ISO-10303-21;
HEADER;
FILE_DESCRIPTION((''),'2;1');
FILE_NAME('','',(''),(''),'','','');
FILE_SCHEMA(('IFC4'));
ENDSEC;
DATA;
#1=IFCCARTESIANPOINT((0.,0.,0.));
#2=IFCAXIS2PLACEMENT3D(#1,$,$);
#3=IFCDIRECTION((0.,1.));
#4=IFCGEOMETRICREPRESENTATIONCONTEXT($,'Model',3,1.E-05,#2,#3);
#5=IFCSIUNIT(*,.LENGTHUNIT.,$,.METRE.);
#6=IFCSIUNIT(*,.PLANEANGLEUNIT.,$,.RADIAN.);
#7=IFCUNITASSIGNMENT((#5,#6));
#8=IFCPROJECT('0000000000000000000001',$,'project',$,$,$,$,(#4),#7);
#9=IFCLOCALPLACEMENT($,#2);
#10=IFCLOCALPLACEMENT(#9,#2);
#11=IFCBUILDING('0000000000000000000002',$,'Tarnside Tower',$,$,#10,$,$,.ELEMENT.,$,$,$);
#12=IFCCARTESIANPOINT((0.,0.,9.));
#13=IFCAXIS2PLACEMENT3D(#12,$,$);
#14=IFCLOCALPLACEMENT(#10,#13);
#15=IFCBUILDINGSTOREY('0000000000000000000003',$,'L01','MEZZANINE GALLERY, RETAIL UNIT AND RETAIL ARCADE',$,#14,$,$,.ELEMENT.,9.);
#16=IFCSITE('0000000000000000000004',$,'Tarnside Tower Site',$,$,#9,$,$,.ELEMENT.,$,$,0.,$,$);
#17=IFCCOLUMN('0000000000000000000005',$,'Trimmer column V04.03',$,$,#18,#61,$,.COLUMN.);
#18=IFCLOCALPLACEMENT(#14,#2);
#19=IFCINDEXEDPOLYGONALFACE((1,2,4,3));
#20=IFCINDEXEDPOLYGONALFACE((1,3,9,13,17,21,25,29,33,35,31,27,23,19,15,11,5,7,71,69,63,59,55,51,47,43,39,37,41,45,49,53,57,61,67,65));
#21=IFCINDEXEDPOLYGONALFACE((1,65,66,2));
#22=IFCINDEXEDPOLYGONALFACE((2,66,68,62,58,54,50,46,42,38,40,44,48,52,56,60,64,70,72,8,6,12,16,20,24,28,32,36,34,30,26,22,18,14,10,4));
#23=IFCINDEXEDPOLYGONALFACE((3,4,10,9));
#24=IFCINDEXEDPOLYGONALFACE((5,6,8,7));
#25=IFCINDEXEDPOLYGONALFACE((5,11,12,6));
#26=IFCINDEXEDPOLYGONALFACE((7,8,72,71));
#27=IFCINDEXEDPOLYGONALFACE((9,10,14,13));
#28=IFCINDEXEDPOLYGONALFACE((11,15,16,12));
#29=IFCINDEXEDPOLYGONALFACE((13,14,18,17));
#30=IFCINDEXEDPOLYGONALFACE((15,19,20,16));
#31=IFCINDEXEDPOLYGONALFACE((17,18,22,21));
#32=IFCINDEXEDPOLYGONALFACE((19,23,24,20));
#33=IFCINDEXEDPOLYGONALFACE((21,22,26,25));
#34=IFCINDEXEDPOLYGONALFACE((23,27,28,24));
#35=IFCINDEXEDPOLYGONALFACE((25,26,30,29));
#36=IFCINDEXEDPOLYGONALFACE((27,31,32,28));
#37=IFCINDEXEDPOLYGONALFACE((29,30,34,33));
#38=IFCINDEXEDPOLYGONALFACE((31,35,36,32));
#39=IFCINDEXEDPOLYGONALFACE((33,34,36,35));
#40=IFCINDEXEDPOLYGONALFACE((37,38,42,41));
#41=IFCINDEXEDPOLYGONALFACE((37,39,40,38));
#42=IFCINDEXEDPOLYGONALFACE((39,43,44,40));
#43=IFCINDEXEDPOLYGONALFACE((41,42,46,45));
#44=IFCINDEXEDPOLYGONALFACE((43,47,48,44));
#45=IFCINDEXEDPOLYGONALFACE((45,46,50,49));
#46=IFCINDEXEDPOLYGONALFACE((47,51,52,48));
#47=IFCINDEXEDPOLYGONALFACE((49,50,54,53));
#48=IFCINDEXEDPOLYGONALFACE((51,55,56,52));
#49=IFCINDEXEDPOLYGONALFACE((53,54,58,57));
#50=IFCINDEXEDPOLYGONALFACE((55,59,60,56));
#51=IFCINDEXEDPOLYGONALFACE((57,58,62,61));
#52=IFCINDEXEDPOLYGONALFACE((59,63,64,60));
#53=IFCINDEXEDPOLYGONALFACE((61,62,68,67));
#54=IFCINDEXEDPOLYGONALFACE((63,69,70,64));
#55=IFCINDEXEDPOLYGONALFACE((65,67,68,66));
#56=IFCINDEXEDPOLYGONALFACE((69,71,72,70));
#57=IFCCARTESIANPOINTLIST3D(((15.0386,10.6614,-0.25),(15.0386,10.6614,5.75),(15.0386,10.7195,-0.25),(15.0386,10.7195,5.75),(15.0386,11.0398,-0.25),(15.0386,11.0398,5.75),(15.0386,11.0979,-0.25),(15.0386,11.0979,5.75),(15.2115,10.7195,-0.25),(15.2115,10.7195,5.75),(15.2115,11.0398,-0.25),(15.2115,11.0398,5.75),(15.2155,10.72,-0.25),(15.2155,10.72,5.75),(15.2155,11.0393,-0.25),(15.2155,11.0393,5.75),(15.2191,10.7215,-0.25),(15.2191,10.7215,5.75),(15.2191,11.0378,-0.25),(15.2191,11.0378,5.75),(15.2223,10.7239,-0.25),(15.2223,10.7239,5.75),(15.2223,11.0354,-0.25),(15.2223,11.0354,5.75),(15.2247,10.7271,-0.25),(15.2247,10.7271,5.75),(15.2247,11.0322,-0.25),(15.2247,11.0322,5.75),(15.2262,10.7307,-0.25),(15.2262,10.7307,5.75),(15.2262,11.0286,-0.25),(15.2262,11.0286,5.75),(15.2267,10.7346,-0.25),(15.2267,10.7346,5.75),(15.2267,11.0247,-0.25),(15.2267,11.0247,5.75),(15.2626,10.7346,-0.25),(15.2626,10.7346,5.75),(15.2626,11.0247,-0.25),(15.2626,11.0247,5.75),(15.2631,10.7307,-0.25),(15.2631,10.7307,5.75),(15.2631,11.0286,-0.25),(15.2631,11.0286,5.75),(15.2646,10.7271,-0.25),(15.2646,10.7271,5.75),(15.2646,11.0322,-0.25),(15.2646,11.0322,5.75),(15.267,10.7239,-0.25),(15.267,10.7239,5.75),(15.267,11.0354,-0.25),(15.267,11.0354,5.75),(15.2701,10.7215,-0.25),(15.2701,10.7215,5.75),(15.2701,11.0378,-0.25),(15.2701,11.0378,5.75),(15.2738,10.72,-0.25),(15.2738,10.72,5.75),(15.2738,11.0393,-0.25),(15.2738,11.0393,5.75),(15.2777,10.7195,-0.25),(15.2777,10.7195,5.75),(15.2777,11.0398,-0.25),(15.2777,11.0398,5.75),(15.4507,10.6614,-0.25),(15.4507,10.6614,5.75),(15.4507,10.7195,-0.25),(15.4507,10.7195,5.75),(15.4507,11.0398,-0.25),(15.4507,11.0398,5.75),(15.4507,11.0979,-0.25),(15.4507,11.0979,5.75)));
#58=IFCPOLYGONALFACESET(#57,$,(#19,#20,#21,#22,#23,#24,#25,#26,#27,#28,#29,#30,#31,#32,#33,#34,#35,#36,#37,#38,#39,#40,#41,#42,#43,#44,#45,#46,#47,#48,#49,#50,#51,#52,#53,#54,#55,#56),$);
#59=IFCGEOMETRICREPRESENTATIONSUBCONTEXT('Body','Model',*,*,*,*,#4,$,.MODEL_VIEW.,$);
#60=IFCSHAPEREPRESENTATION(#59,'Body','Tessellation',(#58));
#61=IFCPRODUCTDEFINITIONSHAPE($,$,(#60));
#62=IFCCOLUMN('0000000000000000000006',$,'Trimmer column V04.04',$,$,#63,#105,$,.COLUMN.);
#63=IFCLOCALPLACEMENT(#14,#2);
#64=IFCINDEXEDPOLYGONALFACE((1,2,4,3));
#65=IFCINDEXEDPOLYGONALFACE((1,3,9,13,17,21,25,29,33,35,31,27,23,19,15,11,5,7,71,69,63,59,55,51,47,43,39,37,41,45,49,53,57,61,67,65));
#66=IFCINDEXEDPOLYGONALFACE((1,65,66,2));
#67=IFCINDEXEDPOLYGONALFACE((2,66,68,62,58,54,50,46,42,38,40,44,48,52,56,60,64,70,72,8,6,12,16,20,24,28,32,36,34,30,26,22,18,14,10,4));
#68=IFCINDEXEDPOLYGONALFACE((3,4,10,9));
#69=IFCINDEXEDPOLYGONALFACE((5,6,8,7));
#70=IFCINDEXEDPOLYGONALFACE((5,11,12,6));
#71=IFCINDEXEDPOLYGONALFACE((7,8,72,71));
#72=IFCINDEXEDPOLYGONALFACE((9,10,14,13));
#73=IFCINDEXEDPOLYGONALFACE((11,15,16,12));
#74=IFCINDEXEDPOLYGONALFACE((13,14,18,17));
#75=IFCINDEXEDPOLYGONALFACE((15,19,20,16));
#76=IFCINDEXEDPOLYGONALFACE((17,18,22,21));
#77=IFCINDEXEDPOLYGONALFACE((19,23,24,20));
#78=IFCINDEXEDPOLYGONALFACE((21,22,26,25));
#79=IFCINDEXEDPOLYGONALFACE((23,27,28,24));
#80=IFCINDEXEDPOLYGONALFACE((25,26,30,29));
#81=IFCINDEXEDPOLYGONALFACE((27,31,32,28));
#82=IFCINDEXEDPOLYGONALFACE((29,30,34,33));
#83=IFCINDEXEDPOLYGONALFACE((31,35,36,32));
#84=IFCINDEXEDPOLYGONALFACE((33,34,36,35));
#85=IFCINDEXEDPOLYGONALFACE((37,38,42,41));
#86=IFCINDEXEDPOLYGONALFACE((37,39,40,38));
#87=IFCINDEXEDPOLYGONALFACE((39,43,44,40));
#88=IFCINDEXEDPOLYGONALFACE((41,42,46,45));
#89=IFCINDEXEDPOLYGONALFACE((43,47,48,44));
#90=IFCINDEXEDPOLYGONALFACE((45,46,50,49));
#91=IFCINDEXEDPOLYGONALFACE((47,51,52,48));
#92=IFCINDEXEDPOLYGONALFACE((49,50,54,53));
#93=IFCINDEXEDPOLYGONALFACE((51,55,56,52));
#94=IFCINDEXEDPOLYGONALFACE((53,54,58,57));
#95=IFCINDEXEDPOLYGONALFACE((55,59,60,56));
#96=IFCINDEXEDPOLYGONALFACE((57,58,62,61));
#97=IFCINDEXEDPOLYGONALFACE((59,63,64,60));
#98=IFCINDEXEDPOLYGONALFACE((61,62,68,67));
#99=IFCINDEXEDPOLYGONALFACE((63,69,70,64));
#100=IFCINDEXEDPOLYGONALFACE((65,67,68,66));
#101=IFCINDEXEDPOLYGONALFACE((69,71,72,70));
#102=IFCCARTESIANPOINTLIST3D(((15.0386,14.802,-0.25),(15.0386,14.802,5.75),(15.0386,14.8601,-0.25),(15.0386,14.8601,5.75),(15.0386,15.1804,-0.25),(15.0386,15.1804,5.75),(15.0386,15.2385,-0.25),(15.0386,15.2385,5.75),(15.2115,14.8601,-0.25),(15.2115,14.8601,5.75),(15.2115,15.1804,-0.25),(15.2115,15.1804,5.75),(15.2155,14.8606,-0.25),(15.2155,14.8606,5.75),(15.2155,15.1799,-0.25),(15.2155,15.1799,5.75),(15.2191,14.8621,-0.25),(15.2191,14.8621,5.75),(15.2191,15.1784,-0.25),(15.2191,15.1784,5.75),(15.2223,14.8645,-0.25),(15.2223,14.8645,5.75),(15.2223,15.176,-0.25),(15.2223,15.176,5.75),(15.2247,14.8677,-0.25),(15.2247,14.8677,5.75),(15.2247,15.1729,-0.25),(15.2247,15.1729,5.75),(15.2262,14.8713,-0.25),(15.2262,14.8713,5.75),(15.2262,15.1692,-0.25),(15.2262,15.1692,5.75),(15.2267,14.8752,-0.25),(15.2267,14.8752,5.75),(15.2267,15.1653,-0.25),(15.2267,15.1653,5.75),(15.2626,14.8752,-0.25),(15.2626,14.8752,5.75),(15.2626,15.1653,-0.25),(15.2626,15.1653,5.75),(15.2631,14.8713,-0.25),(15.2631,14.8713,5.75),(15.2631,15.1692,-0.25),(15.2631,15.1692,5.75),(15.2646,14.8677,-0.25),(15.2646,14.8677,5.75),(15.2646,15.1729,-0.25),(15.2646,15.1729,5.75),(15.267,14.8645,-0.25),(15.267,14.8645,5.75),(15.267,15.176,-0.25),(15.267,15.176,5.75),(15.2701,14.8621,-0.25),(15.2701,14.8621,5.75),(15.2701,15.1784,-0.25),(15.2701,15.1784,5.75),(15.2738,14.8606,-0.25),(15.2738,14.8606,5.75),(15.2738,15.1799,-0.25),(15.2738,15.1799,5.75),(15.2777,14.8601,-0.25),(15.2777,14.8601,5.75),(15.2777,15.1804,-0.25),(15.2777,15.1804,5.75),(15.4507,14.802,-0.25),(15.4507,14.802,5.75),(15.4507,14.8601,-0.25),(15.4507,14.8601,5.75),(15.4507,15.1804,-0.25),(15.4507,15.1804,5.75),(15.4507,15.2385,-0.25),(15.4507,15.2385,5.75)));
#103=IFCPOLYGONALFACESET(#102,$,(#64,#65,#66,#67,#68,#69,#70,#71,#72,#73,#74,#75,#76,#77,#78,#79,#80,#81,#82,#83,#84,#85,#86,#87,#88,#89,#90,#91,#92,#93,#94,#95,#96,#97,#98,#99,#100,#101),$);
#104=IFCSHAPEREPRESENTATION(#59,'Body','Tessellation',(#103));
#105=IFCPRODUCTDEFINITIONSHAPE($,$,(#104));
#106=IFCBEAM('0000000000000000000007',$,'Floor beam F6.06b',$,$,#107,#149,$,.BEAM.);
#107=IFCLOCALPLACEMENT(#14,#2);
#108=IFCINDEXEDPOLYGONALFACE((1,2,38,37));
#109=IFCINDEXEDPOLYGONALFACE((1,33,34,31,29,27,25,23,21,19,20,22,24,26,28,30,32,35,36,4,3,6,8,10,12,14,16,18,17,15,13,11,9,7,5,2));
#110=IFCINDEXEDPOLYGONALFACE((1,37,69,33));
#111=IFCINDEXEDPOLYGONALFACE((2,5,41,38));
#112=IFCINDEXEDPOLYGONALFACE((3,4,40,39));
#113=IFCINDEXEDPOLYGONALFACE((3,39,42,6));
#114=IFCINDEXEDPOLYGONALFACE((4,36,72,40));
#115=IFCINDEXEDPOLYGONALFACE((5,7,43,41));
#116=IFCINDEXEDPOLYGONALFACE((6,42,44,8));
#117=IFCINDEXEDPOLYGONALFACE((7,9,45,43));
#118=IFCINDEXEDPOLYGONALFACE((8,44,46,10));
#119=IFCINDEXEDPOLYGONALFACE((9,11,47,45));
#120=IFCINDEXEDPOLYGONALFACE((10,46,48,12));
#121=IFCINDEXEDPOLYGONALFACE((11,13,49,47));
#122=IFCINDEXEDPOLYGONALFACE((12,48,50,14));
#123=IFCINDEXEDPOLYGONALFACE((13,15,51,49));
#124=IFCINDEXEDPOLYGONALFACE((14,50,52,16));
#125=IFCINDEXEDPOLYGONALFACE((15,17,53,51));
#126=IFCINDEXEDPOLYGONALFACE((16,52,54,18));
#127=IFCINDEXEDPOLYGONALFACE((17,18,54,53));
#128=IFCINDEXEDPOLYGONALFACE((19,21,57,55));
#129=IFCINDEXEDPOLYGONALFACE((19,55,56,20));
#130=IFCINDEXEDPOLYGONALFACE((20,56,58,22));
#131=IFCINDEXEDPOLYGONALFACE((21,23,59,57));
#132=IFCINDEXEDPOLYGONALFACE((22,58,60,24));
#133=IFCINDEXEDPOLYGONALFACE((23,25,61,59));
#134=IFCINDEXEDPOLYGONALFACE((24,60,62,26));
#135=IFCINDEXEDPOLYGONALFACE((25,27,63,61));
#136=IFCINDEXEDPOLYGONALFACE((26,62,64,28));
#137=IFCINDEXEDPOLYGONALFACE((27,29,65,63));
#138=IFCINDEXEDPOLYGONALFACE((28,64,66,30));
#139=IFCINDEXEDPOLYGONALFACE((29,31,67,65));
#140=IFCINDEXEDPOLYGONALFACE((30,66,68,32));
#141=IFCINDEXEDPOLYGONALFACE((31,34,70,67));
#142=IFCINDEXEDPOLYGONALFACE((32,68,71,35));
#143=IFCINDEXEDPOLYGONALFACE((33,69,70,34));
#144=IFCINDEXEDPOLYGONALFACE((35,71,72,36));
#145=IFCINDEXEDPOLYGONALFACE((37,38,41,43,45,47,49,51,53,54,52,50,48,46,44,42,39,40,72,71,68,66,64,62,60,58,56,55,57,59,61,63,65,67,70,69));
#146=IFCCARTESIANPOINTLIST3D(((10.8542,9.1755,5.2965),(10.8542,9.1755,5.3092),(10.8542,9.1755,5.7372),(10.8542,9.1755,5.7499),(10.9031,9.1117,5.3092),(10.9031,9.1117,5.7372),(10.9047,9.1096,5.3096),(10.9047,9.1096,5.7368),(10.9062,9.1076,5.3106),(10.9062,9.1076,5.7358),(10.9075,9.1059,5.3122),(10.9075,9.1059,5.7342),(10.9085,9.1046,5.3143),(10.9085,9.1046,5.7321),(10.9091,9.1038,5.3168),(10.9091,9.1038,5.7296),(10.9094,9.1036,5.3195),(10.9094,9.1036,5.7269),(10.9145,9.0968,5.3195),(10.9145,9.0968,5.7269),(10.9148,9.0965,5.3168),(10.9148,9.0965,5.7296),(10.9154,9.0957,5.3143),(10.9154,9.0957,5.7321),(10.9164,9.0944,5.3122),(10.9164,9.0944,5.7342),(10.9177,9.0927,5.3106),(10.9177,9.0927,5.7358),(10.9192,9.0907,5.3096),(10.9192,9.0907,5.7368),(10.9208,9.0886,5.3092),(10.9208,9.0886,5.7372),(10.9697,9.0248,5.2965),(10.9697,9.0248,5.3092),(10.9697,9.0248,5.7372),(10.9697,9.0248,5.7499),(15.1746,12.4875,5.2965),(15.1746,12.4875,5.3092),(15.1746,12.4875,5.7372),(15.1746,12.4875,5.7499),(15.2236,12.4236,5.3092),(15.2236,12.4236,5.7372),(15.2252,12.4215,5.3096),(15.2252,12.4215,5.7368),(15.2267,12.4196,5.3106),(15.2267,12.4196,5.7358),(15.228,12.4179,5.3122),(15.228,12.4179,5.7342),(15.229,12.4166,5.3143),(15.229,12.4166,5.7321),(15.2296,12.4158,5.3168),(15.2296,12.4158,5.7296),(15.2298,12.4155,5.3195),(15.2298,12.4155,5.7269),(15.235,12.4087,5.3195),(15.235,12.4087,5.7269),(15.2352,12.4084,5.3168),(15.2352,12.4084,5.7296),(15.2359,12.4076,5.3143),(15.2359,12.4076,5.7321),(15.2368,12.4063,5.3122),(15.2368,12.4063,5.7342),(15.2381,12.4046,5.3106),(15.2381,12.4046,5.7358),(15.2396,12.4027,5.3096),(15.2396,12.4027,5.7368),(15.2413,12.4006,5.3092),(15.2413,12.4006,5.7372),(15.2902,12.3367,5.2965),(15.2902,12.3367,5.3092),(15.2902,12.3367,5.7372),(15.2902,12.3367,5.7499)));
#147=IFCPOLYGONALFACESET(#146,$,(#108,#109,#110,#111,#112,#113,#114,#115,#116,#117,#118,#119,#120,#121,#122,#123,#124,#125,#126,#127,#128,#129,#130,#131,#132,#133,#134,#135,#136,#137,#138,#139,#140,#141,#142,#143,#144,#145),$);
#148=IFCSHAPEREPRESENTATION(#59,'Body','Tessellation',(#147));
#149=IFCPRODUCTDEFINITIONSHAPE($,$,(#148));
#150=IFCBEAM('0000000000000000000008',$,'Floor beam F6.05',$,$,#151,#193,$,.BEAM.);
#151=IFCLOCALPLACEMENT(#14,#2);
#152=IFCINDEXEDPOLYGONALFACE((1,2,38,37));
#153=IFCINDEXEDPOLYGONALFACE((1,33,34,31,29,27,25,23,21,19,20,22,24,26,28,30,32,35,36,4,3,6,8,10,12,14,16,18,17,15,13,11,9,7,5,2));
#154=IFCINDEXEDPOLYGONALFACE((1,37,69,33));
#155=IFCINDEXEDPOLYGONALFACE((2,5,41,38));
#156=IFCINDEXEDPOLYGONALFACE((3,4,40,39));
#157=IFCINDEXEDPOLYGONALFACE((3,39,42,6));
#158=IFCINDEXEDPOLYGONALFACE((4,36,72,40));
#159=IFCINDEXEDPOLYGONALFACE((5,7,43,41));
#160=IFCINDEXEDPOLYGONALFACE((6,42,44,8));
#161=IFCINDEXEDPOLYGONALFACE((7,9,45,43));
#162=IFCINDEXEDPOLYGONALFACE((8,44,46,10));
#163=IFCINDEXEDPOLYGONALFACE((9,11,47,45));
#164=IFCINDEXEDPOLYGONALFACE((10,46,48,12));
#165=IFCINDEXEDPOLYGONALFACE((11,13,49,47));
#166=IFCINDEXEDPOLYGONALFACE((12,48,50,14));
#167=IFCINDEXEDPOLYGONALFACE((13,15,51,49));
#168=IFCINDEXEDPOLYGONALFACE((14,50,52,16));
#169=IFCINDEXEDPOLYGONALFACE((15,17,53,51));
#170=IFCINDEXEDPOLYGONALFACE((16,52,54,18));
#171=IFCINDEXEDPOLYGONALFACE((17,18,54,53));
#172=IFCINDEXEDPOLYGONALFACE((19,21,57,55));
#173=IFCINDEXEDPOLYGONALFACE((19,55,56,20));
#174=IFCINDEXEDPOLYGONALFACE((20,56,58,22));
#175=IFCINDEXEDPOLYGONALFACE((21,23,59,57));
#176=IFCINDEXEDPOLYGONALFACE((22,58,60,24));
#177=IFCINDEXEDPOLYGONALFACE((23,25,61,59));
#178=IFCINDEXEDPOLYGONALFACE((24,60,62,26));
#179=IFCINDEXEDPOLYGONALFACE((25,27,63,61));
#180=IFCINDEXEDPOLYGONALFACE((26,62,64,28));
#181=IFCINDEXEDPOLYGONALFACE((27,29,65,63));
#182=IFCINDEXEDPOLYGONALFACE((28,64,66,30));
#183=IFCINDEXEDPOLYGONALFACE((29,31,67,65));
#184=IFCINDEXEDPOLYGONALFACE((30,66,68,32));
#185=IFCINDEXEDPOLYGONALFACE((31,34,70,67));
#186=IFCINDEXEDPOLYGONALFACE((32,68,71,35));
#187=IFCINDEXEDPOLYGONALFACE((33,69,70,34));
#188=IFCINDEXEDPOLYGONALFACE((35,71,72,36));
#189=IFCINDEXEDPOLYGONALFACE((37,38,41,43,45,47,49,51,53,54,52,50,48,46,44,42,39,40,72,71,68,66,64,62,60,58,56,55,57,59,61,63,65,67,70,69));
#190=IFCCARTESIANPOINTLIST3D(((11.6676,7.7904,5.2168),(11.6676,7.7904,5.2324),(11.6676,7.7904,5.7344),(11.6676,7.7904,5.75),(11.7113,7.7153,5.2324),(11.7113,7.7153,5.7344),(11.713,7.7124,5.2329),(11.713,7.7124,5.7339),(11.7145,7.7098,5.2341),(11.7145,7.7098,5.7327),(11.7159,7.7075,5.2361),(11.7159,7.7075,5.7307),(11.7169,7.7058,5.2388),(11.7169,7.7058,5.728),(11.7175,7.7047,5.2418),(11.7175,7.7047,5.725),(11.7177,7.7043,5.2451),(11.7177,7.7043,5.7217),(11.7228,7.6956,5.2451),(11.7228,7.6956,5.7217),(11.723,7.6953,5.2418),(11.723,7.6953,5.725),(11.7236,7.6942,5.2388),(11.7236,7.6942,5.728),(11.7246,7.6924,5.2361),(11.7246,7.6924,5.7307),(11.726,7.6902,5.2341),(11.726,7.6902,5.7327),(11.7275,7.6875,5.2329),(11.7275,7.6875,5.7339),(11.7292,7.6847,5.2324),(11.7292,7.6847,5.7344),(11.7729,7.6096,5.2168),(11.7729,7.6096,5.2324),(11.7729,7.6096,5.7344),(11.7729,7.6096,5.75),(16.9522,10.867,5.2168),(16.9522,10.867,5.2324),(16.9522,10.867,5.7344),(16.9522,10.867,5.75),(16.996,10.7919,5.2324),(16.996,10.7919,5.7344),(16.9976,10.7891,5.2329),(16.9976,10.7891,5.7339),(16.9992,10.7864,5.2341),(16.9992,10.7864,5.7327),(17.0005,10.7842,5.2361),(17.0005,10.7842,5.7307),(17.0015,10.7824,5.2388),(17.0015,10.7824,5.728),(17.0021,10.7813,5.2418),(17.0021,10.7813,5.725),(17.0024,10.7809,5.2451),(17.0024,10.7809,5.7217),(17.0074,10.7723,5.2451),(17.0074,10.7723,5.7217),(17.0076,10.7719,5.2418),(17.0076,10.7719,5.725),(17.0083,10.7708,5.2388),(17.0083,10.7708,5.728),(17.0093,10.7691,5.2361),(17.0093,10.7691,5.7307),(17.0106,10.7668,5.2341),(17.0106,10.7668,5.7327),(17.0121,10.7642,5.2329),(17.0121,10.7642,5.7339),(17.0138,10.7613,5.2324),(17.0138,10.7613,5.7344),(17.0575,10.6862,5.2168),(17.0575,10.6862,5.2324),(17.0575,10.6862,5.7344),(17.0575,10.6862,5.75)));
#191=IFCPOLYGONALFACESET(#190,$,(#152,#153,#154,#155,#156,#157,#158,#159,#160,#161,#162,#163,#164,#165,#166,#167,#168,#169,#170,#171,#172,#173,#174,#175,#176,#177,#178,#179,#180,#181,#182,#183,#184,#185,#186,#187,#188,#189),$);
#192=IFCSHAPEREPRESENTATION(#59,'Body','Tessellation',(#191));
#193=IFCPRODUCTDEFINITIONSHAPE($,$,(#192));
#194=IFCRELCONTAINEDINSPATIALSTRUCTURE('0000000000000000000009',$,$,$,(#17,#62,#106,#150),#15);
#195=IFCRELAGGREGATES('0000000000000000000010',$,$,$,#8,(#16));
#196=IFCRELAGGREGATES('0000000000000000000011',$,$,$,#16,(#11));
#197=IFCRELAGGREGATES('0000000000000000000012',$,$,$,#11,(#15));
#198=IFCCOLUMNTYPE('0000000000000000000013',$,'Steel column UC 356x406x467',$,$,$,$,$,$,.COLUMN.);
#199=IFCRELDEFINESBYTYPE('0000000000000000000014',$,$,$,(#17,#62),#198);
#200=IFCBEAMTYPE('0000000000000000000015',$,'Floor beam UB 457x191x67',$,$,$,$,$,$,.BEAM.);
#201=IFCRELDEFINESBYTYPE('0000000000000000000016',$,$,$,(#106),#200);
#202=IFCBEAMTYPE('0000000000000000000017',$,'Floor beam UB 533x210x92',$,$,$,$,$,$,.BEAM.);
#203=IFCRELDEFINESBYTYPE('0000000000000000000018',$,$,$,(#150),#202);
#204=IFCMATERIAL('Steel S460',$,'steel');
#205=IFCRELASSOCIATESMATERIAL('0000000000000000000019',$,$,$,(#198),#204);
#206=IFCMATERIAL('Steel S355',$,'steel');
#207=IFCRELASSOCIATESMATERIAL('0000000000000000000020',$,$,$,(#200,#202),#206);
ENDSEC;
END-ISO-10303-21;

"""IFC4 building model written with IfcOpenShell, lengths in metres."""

from ifc_helpers import new_model, si_unit, direction, frame, origin, origin_2d, place, context, subcontext, project, spatial, i_section, extrude, material, material_profile, profile_set, type_object, element, save


model = new_model("IFC4")

# Units and contexts
model_context = context("Model", 3, precision=1e-05, world=origin(), true_north=direction((0.0, 1.0)))
body_context = subcontext(model_context, "Body", "Model", "MODEL_VIEW")
ifc_project = project(units=[si_unit("LENGTHUNIT", "METRE"), si_unit("PLANEANGLEUNIT", "RADIAN")], contexts=[model_context])

# Site, building, storey
site_placement = place(None, origin())
site = spatial("IfcSite", under=ifc_project, at=site_placement, Name="Tarnside Tower Site", CompositionType="ELEMENT", RefElevation=0.0)
building_placement = place(site_placement, origin())
building = spatial("IfcBuilding", under=site, at=building_placement, Name="Tarnside Tower", CompositionType="ELEMENT")
storey_placement = place(building_placement, frame((0.0, 0.0, 9.0)))
storey = spatial("IfcBuildingStorey", under=building, at=storey_placement, Name="L01", Description="MEZZANINE GALLERY, RETAIL UNIT AND RETAIL ARCADE", CompositionType="ELEMENT", Elevation=9.0)

# Columns
ifc_material_1 = material(Name="Steel S460", Category="steel")
ifc_material_profile_1 = material_profile(ifc_material_1, i_section(OverallWidth=0.4121, OverallDepth=0.4365, WebThickness=0.0359, FlangeThickness=0.0581, FilletRadius=0.0151, at=origin_2d()), Name="UC 356x406x467")
ifc_profile_set_1 = profile_set([ifc_material_profile_1], Name="Steel S460")
column_type = type_object("IfcColumnType", Name="Steel column UC 356x406x467", PredefinedType="COLUMN", material=ifc_profile_set_1)
for number, where, z_axis, x_axis, name in (
    (1, (15.2446, 10.8796, -0.25), (0.0, 0.0, 1.0), (1.0, 0.0, 0.0), "Trimmer column V04.03"),
    (2, (15.2446, 15.0203, -0.25), (0.0, 0.0, 1.0), (1.0, 0.0, 0.0), "Trimmer column V04.04"),
):
    element("IfcColumn", number, at=place(storey_placement, frame(where, z_axis=z_axis, x_axis=x_axis)), inside=storey, type_object=column_type, Name=name, PredefinedType="COLUMN", context=body_context, shape_type="SweptSolid", body=[
        extrude(i_section(OverallWidth=0.4121, OverallDepth=0.4365, WebThickness=0.0359, FlangeThickness=0.0581, FilletRadius=0.0151, at=origin_2d()), origin(), (0.0, 0.0, 1.0), 6.0),
    ])

# Beams
ifc_material_2 = material(Name="Steel S355", Category="steel")
ifc_material_profile_2 = material_profile(ifc_material_2, i_section(OverallWidth=0.1899, OverallDepth=0.4534, WebThickness=0.0085, FlangeThickness=0.0127, FilletRadius=0.0103, at=origin_2d()), Name="UB 457x191x67")
ifc_profile_set_2 = profile_set([ifc_material_profile_2], Name="Steel S355")
beam_type_1 = type_object("IfcBeamType", Name="Floor beam UB 457x191x67", PredefinedType="BEAM", material=ifc_profile_set_2)
beam_1_placement = place(storey_placement, frame((15.2324, 12.4121, 5.5232), z_axis=(-0.793643, -0.608384, 0.0), x_axis=(0.608384, -0.793643, 0.0)))
element("IfcBeam", 3, at=beam_1_placement, inside=storey, type_object=beam_type_1, Name="Floor beam F6.06b", PredefinedType="BEAM", context=body_context, shape_type="SweptSolid", body=[
    extrude(i_section(OverallWidth=0.1899, OverallDepth=0.4534, WebThickness=0.0085, FlangeThickness=0.0127, FilletRadius=0.0103, at=origin_2d()), origin(), (0.0, 0.0, 1.0), 5.4438),
])
ifc_material_profile_3 = material_profile(ifc_material_2, i_section(OverallWidth=0.2092, OverallDepth=0.5332, WebThickness=0.01, FlangeThickness=0.0156, FilletRadius=0.0127, at=origin_2d()), Name="UB 533x210x92")
ifc_profile_set_3 = profile_set([ifc_material_profile_3], Name="Steel S355")
beam_type_2 = type_object("IfcBeamType", Name="Floor beam UB 533x210x92", PredefinedType="BEAM", material=ifc_profile_set_3)
beam_2_placement = place(storey_placement, frame((17.0049, 10.7766, 5.4834), z_axis=(-0.86421, -0.503131, 0.0), x_axis=(0.503131, -0.86421, 0.0)))
element("IfcBeam", 4, at=beam_2_placement, inside=storey, type_object=beam_type_2, Name="Floor beam F6.05", PredefinedType="BEAM", context=body_context, shape_type="SweptSolid", body=[
    extrude(i_section(OverallWidth=0.2092, OverallDepth=0.5332, WebThickness=0.01, FlangeThickness=0.0156, FilletRadius=0.0127, at=origin_2d()), origin(), (0.0, 0.0, 1.0), 6.115),
])

save(model, "model.ifc")
